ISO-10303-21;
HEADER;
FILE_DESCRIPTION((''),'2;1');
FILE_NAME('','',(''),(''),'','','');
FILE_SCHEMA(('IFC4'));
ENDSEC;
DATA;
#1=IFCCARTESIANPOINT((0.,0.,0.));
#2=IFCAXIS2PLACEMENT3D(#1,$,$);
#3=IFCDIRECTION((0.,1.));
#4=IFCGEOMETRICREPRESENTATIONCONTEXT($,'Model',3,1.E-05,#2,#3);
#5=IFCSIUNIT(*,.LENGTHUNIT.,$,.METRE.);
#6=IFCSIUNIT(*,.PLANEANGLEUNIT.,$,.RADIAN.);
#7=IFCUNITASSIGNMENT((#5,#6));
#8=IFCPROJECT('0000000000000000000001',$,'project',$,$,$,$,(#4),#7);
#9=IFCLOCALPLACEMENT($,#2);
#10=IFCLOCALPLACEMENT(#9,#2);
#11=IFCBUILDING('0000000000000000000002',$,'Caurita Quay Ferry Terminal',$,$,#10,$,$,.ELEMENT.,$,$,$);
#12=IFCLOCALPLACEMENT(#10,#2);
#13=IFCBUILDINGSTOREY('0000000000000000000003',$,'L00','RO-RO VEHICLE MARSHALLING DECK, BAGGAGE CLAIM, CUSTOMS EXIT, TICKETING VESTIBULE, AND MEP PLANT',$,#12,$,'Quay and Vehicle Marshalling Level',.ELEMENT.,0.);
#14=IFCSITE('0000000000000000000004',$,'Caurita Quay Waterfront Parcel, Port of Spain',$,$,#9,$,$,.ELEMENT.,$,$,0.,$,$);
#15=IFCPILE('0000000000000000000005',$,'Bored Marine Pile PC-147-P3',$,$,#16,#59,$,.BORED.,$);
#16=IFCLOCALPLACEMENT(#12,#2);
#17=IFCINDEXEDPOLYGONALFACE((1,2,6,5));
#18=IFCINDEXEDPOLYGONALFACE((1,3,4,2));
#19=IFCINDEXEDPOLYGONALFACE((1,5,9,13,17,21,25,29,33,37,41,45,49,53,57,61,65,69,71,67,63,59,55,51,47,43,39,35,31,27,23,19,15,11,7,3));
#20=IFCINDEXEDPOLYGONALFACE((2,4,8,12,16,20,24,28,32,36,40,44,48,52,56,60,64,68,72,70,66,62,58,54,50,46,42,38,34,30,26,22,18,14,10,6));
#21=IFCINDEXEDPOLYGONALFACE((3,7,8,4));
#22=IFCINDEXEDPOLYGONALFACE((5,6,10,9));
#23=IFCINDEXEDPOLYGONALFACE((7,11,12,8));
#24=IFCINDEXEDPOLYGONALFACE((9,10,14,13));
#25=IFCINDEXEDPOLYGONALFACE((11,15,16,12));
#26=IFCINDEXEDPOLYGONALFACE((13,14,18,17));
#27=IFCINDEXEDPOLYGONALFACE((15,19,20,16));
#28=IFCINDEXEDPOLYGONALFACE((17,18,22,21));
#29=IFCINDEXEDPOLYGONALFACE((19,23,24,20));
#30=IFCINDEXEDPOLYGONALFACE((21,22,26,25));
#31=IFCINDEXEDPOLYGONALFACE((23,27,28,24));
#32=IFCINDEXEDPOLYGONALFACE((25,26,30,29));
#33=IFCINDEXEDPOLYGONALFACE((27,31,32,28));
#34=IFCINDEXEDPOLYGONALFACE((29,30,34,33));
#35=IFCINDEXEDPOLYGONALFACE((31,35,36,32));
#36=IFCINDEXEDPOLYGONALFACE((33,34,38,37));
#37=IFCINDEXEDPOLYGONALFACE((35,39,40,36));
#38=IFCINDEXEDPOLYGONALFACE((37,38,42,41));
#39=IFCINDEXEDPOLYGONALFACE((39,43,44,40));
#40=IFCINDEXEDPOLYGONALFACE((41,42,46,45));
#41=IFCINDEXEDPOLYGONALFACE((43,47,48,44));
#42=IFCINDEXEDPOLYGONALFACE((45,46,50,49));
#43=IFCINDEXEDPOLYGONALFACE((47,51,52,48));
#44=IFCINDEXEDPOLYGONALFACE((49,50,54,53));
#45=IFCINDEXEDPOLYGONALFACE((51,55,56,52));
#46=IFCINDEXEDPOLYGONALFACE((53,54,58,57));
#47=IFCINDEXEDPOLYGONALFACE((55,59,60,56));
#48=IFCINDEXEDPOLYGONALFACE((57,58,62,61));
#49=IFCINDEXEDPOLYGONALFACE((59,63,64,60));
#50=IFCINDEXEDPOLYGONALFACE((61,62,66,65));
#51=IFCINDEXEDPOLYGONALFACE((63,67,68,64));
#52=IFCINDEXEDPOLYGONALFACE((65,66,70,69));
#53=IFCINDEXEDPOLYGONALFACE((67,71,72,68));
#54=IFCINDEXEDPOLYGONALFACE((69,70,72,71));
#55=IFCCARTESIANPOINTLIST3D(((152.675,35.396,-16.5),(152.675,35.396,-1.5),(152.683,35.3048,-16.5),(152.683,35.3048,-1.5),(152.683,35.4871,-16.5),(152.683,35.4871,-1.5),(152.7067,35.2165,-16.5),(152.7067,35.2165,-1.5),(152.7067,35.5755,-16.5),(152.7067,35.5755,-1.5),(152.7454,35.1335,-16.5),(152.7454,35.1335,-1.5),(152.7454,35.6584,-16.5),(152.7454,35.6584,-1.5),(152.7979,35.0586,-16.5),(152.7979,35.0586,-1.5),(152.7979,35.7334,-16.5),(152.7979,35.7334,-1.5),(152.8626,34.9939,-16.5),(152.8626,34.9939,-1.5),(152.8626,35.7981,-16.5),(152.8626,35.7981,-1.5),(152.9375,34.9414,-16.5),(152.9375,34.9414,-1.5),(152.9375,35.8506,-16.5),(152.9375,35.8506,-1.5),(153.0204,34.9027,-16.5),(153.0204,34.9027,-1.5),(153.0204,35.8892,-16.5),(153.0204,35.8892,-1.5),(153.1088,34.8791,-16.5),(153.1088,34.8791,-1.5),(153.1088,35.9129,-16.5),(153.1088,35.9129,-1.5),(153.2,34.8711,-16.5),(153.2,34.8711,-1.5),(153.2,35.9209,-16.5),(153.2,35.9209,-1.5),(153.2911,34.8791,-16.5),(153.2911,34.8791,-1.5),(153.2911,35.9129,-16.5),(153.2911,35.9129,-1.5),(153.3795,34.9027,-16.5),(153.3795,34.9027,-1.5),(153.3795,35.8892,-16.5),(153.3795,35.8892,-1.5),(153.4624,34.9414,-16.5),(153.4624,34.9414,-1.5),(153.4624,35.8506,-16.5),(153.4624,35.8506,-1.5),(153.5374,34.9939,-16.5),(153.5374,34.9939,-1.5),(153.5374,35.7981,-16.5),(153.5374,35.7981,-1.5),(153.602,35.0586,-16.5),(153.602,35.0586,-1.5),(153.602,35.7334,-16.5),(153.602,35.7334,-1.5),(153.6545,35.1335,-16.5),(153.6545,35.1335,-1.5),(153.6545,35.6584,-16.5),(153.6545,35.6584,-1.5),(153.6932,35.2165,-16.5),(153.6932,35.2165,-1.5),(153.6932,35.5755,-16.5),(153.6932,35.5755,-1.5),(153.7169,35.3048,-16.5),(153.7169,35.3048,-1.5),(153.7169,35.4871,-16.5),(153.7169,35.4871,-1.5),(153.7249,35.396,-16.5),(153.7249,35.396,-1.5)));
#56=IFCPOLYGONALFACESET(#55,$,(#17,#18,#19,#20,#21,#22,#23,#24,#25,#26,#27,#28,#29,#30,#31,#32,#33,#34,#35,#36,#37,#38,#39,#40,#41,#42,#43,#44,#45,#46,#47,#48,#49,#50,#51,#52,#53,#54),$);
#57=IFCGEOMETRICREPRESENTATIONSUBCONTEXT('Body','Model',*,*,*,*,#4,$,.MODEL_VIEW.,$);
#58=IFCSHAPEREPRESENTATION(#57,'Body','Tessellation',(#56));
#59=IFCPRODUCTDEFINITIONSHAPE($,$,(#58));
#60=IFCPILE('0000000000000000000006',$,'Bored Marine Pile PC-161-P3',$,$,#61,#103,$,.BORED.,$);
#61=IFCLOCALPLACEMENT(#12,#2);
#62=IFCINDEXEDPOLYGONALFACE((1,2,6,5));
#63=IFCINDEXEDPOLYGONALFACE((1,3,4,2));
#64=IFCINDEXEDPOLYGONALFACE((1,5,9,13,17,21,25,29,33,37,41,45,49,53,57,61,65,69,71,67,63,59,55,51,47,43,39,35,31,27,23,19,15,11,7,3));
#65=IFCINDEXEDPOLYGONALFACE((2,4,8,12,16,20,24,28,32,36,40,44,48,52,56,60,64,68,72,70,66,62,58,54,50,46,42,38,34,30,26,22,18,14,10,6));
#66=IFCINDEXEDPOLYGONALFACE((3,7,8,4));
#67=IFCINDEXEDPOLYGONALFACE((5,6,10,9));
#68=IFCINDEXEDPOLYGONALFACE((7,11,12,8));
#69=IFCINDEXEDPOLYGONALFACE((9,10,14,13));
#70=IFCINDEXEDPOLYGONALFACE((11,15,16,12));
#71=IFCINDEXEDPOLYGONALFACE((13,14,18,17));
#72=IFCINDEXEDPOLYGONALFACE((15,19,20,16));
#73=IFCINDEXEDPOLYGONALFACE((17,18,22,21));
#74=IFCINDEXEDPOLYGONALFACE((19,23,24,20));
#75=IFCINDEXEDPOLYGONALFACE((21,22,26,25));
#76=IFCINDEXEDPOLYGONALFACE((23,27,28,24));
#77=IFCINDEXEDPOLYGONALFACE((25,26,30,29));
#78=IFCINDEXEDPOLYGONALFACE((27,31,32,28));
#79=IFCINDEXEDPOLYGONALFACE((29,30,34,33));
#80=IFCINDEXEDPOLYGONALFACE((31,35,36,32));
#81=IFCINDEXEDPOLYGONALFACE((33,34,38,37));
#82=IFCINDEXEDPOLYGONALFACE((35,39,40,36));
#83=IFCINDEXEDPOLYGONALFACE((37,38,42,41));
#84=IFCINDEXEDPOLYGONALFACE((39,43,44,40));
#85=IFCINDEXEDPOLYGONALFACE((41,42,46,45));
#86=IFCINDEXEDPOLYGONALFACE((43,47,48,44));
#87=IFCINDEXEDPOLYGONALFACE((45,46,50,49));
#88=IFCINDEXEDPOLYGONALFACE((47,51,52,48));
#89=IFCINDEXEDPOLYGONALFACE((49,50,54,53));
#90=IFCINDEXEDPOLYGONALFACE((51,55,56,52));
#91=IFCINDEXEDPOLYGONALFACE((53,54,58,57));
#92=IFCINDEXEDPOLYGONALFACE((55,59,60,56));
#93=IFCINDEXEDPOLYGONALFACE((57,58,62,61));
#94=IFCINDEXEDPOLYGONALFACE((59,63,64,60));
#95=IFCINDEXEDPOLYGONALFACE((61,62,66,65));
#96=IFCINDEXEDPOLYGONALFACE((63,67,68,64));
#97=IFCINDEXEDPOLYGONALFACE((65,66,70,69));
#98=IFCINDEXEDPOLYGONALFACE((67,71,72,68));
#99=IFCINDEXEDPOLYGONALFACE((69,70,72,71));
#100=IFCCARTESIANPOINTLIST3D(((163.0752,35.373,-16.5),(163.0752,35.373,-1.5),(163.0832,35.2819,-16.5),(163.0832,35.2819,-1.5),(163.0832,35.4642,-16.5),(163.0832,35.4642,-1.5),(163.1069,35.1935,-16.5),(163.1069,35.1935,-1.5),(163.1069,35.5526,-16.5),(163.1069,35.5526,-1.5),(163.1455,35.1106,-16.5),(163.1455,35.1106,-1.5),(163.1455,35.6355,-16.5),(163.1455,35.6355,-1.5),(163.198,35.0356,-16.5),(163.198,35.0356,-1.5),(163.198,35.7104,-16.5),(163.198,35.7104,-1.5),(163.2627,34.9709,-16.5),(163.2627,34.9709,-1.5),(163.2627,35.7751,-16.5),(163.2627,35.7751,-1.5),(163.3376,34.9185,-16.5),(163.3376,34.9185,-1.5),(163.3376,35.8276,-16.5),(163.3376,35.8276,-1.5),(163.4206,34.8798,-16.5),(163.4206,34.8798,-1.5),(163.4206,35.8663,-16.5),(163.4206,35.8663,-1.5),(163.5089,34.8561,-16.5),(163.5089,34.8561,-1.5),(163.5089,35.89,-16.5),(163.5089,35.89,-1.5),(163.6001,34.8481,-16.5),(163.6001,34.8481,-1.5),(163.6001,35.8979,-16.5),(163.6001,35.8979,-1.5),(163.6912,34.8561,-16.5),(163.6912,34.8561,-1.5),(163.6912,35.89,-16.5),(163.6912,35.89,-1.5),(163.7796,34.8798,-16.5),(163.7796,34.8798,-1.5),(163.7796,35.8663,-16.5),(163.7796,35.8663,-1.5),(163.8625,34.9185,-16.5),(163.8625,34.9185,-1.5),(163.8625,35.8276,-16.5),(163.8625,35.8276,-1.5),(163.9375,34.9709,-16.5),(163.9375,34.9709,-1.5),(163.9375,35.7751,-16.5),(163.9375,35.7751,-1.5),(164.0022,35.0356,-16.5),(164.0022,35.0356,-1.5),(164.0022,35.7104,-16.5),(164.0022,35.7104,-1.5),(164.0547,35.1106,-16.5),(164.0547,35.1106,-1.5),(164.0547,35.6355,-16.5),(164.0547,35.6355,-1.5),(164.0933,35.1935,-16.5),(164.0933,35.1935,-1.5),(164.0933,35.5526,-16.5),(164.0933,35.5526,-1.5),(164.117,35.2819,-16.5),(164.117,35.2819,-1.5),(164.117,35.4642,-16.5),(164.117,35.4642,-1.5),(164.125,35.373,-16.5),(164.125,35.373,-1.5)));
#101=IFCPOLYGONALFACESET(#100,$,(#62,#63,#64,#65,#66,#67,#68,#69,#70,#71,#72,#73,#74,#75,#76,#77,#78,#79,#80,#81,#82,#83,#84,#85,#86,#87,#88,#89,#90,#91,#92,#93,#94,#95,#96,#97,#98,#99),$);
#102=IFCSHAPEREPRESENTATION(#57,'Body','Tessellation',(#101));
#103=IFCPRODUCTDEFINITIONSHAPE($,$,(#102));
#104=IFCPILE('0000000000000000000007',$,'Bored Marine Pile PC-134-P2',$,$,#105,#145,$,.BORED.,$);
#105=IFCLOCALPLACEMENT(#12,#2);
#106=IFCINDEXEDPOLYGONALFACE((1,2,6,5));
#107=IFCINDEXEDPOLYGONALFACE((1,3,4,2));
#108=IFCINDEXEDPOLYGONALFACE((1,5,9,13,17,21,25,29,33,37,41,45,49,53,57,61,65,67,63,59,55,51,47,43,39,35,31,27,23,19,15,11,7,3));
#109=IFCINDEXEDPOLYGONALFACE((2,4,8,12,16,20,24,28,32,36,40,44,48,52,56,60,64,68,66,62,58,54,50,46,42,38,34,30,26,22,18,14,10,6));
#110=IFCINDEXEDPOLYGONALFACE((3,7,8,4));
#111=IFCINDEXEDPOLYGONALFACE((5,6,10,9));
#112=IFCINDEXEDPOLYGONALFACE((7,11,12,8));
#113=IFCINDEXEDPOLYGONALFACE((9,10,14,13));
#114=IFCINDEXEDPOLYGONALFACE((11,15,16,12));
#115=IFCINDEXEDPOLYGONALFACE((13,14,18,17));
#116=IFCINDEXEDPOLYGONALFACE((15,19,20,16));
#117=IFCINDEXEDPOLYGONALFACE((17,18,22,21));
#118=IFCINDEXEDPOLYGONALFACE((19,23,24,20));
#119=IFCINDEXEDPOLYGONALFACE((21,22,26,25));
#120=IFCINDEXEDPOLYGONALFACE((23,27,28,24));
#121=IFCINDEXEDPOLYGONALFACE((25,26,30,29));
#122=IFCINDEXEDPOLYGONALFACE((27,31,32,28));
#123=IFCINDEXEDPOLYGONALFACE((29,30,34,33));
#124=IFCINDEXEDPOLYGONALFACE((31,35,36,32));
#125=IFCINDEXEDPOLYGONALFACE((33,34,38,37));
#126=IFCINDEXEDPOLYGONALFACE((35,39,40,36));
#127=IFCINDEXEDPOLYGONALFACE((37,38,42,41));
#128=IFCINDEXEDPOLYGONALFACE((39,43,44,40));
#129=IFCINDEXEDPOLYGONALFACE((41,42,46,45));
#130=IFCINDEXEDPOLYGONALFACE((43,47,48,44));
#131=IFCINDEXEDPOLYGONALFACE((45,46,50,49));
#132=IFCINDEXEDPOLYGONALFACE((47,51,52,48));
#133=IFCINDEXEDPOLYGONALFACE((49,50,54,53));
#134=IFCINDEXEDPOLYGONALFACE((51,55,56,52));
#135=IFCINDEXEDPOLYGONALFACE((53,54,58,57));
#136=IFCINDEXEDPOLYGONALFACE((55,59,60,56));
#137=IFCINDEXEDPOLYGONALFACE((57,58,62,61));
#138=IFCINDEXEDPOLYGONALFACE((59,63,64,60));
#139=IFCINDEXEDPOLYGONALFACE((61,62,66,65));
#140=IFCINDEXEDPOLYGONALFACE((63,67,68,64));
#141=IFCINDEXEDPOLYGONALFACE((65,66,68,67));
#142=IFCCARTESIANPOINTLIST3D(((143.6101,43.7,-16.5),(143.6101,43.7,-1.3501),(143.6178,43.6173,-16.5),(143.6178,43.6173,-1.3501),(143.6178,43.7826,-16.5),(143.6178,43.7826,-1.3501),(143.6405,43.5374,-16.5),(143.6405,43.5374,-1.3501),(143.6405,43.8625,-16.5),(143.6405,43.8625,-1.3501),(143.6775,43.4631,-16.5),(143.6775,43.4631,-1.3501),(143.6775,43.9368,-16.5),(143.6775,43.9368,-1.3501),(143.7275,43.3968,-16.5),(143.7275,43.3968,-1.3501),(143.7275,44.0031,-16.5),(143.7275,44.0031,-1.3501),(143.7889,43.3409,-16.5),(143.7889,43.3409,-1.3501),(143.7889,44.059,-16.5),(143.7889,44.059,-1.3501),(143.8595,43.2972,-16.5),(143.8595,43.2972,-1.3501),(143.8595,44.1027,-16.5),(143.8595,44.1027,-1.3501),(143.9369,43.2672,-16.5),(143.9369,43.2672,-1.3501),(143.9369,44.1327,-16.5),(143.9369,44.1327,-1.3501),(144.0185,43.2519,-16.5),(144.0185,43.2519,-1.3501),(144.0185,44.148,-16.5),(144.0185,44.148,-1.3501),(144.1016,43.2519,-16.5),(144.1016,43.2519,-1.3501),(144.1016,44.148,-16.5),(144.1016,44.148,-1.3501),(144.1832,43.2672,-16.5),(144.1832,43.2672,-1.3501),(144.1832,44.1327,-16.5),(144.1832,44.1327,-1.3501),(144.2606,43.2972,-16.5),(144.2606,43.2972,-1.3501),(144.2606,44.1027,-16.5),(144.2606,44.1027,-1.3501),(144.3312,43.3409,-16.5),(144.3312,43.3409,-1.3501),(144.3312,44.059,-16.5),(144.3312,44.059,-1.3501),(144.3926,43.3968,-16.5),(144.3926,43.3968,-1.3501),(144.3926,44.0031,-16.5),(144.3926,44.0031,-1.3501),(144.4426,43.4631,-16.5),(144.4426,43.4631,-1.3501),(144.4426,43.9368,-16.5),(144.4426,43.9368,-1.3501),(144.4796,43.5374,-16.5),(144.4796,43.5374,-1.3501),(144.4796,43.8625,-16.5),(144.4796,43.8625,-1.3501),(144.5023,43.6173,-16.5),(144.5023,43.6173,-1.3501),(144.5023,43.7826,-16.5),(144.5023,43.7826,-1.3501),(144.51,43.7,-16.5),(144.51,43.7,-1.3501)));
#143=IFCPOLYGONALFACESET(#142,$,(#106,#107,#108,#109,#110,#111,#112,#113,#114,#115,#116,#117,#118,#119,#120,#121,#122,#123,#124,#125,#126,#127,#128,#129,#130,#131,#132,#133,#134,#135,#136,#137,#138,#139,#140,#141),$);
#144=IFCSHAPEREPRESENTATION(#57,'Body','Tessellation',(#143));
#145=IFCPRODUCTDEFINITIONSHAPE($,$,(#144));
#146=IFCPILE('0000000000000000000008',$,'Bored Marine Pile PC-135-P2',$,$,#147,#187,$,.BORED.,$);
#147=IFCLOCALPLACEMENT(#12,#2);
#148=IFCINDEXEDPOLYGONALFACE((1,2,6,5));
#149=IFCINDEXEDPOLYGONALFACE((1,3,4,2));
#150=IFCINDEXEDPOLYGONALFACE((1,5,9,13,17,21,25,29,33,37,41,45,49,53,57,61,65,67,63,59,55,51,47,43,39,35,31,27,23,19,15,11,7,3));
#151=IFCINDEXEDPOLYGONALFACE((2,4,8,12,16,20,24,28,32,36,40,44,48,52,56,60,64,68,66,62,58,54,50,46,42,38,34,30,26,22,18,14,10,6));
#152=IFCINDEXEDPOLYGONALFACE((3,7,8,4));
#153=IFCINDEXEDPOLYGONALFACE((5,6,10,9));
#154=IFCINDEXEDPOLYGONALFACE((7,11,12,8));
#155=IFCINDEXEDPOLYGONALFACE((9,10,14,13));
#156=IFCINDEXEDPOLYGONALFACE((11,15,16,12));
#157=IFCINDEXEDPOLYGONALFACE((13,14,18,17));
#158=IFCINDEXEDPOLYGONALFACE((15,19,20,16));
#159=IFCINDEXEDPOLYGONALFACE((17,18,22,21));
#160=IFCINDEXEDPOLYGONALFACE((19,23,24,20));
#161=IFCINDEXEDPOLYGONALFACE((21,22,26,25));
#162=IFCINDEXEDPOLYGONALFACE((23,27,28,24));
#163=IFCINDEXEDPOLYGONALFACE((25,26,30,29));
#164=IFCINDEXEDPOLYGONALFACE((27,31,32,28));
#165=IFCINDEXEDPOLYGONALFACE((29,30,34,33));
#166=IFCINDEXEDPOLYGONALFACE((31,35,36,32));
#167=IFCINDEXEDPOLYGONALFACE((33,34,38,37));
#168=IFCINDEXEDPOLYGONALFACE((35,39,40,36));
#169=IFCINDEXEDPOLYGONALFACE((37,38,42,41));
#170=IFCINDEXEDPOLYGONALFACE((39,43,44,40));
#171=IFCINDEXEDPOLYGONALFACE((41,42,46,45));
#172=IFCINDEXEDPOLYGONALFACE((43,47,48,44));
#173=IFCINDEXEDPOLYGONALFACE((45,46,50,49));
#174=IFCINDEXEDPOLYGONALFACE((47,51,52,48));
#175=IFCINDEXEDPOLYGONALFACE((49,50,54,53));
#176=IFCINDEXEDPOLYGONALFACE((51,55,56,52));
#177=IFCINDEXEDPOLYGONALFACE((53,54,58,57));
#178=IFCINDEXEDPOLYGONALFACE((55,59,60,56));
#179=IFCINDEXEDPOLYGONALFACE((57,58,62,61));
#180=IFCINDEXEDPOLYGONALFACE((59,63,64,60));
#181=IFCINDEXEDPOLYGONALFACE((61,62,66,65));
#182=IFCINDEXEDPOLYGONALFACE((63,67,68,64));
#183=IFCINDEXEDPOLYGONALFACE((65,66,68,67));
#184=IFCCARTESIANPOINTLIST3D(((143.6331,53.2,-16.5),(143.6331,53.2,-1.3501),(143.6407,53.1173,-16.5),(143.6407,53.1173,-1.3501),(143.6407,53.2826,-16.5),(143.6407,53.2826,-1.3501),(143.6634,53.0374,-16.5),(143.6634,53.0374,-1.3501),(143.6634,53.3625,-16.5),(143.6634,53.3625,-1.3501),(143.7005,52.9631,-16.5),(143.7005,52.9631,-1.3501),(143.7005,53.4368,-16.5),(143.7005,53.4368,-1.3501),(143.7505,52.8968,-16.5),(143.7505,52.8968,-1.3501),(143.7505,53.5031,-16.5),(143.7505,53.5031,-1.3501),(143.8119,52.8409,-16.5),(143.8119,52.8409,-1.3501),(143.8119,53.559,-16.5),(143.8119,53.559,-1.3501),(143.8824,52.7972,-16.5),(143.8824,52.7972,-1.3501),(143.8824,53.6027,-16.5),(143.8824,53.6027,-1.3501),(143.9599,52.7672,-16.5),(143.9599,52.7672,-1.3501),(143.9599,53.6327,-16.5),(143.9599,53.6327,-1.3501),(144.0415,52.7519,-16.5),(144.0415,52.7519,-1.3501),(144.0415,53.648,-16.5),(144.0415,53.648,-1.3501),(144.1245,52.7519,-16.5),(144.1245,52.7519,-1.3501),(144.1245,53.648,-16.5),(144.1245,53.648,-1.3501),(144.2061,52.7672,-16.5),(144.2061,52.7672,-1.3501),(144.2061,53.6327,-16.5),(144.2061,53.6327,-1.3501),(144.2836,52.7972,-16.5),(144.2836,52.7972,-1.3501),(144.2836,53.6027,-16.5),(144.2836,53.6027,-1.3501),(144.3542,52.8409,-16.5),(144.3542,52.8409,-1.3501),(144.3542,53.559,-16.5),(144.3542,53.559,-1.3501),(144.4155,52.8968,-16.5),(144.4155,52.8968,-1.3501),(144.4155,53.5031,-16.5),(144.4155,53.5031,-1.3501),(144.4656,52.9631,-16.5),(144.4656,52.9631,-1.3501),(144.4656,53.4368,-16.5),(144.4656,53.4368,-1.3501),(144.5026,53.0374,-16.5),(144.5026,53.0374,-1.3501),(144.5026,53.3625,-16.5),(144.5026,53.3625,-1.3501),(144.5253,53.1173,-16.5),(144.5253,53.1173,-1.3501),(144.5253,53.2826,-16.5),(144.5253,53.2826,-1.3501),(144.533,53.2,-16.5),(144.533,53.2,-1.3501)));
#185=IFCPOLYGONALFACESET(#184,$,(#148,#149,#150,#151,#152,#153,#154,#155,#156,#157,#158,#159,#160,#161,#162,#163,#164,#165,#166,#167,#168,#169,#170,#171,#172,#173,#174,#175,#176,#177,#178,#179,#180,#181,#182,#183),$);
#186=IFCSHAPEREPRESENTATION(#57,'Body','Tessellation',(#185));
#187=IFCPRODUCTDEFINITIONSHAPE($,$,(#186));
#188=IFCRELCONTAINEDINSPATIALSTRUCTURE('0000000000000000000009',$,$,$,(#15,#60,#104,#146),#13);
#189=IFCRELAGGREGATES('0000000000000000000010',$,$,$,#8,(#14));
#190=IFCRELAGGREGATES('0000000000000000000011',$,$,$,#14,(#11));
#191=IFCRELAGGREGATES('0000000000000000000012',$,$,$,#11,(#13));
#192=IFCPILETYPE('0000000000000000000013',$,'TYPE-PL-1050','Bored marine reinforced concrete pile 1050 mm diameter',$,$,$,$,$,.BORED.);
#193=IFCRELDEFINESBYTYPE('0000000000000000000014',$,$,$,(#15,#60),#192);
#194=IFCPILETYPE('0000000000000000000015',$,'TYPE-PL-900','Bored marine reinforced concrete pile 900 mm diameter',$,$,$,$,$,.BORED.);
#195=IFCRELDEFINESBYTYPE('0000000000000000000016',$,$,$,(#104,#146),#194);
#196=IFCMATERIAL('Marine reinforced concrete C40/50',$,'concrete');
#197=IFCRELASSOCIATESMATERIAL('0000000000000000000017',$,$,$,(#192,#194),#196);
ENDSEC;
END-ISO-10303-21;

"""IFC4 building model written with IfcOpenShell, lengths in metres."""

from ifc_helpers import new_model, si_unit, direction, frame, origin, origin_2d, place, context, subcontext, project, spatial, circle, extrude, material, material_profile, profile_set, type_object, element, save


model = new_model("IFC4")

# Units and contexts
model_context = context("Model", 3, precision=1e-05, world=origin(), true_north=direction((0.0, 1.0)))
body_context = subcontext(model_context, "Body", "Model", "MODEL_VIEW")
ifc_project = project(units=[si_unit("LENGTHUNIT", "METRE"), si_unit("PLANEANGLEUNIT", "RADIAN")], contexts=[model_context])

# Site, building, storey
site_placement = place(None, origin())
site = spatial("IfcSite", under=ifc_project, at=site_placement, Name="Caurita Quay Waterfront Parcel, Port of Spain", CompositionType="ELEMENT", RefElevation=0.0)
building_placement = place(site_placement, origin())
building = spatial("IfcBuilding", under=site, at=building_placement, Name="Caurita Quay Ferry Terminal", CompositionType="ELEMENT")
storey_placement = place(building_placement, origin())
storey = spatial("IfcBuildingStorey", under=building, at=storey_placement, Name="L00", Description="RO-RO VEHICLE MARSHALLING DECK, BAGGAGE CLAIM, CUSTOMS EXIT, TICKETING VESTIBULE, AND MEP PLANT", LongName="Quay and Vehicle Marshalling Level", CompositionType="ELEMENT", Elevation=0.0)

# Piles
ifc_material_1 = material(Name="Marine reinforced concrete C40/50", Category="concrete")
ifc_material_profile_1 = material_profile(ifc_material_1, circle(Radius=0.5249, at=origin_2d()), Name="PILE-D1050")
ifc_profile_set_1 = profile_set([ifc_material_profile_1], Name="Marine reinforced concrete C40/50")
pile_type_1 = type_object("IfcPileType", Name="TYPE-PL-1050", Description="Bored marine reinforced concrete pile 1050 mm diameter", PredefinedType="BORED", material=ifc_profile_set_1)
for number, where, z_axis, x_axis, name in (
    (1, (153.2, 35.396, -1.5), (0.0, 0.0, -1.0), (1.0, 0.0, 0.0), "Bored Marine Pile PC-147-P3"),
    (2, (163.6001, 35.373, -1.5), (0.0, 0.0, -1.0), (1.0, 0.0, 0.0), "Bored Marine Pile PC-161-P3"),
):
    element("IfcPile", number, at=place(storey_placement, frame(where, z_axis=z_axis, x_axis=x_axis)), inside=storey, type_object=pile_type_1, Name=name, PredefinedType="BORED", context=body_context, shape_type="SweptSolid", body=[
        extrude(circle(Radius=0.5249, at=origin_2d()), origin(), (0.0, 0.0, 1.0), 15.0),
    ])
ifc_material_profile_2 = material_profile(ifc_material_1, circle(Radius=0.45, at=origin_2d()), Name="PILE-D900")
ifc_profile_set_2 = profile_set([ifc_material_profile_2], Name="Marine reinforced concrete C40/50")
pile_type_2 = type_object("IfcPileType", Name="TYPE-PL-900", Description="Bored marine reinforced concrete pile 900 mm diameter", PredefinedType="BORED", material=ifc_profile_set_2)
for number, where, z_axis, x_axis, name in (
    (3, (144.0601, 43.7, -1.3501), (0.0, 0.0, -1.0), (1.0, 0.0, 0.0), "Bored Marine Pile PC-134-P2"),
    (4, (144.083, 53.2, -1.3501), (0.0, 0.0, -1.0), (1.0, 0.0, 0.0), "Bored Marine Pile PC-135-P2"),
):
    element("IfcPile", number, at=place(storey_placement, frame(where, z_axis=z_axis, x_axis=x_axis)), inside=storey, type_object=pile_type_2, Name=name, PredefinedType="BORED", context=body_context, shape_type="SweptSolid", body=[
        extrude(circle(Radius=0.45, at=origin_2d()), origin(), (0.0, 0.0, 1.0), 15.1499),
    ])

save(model, "model.ifc")
